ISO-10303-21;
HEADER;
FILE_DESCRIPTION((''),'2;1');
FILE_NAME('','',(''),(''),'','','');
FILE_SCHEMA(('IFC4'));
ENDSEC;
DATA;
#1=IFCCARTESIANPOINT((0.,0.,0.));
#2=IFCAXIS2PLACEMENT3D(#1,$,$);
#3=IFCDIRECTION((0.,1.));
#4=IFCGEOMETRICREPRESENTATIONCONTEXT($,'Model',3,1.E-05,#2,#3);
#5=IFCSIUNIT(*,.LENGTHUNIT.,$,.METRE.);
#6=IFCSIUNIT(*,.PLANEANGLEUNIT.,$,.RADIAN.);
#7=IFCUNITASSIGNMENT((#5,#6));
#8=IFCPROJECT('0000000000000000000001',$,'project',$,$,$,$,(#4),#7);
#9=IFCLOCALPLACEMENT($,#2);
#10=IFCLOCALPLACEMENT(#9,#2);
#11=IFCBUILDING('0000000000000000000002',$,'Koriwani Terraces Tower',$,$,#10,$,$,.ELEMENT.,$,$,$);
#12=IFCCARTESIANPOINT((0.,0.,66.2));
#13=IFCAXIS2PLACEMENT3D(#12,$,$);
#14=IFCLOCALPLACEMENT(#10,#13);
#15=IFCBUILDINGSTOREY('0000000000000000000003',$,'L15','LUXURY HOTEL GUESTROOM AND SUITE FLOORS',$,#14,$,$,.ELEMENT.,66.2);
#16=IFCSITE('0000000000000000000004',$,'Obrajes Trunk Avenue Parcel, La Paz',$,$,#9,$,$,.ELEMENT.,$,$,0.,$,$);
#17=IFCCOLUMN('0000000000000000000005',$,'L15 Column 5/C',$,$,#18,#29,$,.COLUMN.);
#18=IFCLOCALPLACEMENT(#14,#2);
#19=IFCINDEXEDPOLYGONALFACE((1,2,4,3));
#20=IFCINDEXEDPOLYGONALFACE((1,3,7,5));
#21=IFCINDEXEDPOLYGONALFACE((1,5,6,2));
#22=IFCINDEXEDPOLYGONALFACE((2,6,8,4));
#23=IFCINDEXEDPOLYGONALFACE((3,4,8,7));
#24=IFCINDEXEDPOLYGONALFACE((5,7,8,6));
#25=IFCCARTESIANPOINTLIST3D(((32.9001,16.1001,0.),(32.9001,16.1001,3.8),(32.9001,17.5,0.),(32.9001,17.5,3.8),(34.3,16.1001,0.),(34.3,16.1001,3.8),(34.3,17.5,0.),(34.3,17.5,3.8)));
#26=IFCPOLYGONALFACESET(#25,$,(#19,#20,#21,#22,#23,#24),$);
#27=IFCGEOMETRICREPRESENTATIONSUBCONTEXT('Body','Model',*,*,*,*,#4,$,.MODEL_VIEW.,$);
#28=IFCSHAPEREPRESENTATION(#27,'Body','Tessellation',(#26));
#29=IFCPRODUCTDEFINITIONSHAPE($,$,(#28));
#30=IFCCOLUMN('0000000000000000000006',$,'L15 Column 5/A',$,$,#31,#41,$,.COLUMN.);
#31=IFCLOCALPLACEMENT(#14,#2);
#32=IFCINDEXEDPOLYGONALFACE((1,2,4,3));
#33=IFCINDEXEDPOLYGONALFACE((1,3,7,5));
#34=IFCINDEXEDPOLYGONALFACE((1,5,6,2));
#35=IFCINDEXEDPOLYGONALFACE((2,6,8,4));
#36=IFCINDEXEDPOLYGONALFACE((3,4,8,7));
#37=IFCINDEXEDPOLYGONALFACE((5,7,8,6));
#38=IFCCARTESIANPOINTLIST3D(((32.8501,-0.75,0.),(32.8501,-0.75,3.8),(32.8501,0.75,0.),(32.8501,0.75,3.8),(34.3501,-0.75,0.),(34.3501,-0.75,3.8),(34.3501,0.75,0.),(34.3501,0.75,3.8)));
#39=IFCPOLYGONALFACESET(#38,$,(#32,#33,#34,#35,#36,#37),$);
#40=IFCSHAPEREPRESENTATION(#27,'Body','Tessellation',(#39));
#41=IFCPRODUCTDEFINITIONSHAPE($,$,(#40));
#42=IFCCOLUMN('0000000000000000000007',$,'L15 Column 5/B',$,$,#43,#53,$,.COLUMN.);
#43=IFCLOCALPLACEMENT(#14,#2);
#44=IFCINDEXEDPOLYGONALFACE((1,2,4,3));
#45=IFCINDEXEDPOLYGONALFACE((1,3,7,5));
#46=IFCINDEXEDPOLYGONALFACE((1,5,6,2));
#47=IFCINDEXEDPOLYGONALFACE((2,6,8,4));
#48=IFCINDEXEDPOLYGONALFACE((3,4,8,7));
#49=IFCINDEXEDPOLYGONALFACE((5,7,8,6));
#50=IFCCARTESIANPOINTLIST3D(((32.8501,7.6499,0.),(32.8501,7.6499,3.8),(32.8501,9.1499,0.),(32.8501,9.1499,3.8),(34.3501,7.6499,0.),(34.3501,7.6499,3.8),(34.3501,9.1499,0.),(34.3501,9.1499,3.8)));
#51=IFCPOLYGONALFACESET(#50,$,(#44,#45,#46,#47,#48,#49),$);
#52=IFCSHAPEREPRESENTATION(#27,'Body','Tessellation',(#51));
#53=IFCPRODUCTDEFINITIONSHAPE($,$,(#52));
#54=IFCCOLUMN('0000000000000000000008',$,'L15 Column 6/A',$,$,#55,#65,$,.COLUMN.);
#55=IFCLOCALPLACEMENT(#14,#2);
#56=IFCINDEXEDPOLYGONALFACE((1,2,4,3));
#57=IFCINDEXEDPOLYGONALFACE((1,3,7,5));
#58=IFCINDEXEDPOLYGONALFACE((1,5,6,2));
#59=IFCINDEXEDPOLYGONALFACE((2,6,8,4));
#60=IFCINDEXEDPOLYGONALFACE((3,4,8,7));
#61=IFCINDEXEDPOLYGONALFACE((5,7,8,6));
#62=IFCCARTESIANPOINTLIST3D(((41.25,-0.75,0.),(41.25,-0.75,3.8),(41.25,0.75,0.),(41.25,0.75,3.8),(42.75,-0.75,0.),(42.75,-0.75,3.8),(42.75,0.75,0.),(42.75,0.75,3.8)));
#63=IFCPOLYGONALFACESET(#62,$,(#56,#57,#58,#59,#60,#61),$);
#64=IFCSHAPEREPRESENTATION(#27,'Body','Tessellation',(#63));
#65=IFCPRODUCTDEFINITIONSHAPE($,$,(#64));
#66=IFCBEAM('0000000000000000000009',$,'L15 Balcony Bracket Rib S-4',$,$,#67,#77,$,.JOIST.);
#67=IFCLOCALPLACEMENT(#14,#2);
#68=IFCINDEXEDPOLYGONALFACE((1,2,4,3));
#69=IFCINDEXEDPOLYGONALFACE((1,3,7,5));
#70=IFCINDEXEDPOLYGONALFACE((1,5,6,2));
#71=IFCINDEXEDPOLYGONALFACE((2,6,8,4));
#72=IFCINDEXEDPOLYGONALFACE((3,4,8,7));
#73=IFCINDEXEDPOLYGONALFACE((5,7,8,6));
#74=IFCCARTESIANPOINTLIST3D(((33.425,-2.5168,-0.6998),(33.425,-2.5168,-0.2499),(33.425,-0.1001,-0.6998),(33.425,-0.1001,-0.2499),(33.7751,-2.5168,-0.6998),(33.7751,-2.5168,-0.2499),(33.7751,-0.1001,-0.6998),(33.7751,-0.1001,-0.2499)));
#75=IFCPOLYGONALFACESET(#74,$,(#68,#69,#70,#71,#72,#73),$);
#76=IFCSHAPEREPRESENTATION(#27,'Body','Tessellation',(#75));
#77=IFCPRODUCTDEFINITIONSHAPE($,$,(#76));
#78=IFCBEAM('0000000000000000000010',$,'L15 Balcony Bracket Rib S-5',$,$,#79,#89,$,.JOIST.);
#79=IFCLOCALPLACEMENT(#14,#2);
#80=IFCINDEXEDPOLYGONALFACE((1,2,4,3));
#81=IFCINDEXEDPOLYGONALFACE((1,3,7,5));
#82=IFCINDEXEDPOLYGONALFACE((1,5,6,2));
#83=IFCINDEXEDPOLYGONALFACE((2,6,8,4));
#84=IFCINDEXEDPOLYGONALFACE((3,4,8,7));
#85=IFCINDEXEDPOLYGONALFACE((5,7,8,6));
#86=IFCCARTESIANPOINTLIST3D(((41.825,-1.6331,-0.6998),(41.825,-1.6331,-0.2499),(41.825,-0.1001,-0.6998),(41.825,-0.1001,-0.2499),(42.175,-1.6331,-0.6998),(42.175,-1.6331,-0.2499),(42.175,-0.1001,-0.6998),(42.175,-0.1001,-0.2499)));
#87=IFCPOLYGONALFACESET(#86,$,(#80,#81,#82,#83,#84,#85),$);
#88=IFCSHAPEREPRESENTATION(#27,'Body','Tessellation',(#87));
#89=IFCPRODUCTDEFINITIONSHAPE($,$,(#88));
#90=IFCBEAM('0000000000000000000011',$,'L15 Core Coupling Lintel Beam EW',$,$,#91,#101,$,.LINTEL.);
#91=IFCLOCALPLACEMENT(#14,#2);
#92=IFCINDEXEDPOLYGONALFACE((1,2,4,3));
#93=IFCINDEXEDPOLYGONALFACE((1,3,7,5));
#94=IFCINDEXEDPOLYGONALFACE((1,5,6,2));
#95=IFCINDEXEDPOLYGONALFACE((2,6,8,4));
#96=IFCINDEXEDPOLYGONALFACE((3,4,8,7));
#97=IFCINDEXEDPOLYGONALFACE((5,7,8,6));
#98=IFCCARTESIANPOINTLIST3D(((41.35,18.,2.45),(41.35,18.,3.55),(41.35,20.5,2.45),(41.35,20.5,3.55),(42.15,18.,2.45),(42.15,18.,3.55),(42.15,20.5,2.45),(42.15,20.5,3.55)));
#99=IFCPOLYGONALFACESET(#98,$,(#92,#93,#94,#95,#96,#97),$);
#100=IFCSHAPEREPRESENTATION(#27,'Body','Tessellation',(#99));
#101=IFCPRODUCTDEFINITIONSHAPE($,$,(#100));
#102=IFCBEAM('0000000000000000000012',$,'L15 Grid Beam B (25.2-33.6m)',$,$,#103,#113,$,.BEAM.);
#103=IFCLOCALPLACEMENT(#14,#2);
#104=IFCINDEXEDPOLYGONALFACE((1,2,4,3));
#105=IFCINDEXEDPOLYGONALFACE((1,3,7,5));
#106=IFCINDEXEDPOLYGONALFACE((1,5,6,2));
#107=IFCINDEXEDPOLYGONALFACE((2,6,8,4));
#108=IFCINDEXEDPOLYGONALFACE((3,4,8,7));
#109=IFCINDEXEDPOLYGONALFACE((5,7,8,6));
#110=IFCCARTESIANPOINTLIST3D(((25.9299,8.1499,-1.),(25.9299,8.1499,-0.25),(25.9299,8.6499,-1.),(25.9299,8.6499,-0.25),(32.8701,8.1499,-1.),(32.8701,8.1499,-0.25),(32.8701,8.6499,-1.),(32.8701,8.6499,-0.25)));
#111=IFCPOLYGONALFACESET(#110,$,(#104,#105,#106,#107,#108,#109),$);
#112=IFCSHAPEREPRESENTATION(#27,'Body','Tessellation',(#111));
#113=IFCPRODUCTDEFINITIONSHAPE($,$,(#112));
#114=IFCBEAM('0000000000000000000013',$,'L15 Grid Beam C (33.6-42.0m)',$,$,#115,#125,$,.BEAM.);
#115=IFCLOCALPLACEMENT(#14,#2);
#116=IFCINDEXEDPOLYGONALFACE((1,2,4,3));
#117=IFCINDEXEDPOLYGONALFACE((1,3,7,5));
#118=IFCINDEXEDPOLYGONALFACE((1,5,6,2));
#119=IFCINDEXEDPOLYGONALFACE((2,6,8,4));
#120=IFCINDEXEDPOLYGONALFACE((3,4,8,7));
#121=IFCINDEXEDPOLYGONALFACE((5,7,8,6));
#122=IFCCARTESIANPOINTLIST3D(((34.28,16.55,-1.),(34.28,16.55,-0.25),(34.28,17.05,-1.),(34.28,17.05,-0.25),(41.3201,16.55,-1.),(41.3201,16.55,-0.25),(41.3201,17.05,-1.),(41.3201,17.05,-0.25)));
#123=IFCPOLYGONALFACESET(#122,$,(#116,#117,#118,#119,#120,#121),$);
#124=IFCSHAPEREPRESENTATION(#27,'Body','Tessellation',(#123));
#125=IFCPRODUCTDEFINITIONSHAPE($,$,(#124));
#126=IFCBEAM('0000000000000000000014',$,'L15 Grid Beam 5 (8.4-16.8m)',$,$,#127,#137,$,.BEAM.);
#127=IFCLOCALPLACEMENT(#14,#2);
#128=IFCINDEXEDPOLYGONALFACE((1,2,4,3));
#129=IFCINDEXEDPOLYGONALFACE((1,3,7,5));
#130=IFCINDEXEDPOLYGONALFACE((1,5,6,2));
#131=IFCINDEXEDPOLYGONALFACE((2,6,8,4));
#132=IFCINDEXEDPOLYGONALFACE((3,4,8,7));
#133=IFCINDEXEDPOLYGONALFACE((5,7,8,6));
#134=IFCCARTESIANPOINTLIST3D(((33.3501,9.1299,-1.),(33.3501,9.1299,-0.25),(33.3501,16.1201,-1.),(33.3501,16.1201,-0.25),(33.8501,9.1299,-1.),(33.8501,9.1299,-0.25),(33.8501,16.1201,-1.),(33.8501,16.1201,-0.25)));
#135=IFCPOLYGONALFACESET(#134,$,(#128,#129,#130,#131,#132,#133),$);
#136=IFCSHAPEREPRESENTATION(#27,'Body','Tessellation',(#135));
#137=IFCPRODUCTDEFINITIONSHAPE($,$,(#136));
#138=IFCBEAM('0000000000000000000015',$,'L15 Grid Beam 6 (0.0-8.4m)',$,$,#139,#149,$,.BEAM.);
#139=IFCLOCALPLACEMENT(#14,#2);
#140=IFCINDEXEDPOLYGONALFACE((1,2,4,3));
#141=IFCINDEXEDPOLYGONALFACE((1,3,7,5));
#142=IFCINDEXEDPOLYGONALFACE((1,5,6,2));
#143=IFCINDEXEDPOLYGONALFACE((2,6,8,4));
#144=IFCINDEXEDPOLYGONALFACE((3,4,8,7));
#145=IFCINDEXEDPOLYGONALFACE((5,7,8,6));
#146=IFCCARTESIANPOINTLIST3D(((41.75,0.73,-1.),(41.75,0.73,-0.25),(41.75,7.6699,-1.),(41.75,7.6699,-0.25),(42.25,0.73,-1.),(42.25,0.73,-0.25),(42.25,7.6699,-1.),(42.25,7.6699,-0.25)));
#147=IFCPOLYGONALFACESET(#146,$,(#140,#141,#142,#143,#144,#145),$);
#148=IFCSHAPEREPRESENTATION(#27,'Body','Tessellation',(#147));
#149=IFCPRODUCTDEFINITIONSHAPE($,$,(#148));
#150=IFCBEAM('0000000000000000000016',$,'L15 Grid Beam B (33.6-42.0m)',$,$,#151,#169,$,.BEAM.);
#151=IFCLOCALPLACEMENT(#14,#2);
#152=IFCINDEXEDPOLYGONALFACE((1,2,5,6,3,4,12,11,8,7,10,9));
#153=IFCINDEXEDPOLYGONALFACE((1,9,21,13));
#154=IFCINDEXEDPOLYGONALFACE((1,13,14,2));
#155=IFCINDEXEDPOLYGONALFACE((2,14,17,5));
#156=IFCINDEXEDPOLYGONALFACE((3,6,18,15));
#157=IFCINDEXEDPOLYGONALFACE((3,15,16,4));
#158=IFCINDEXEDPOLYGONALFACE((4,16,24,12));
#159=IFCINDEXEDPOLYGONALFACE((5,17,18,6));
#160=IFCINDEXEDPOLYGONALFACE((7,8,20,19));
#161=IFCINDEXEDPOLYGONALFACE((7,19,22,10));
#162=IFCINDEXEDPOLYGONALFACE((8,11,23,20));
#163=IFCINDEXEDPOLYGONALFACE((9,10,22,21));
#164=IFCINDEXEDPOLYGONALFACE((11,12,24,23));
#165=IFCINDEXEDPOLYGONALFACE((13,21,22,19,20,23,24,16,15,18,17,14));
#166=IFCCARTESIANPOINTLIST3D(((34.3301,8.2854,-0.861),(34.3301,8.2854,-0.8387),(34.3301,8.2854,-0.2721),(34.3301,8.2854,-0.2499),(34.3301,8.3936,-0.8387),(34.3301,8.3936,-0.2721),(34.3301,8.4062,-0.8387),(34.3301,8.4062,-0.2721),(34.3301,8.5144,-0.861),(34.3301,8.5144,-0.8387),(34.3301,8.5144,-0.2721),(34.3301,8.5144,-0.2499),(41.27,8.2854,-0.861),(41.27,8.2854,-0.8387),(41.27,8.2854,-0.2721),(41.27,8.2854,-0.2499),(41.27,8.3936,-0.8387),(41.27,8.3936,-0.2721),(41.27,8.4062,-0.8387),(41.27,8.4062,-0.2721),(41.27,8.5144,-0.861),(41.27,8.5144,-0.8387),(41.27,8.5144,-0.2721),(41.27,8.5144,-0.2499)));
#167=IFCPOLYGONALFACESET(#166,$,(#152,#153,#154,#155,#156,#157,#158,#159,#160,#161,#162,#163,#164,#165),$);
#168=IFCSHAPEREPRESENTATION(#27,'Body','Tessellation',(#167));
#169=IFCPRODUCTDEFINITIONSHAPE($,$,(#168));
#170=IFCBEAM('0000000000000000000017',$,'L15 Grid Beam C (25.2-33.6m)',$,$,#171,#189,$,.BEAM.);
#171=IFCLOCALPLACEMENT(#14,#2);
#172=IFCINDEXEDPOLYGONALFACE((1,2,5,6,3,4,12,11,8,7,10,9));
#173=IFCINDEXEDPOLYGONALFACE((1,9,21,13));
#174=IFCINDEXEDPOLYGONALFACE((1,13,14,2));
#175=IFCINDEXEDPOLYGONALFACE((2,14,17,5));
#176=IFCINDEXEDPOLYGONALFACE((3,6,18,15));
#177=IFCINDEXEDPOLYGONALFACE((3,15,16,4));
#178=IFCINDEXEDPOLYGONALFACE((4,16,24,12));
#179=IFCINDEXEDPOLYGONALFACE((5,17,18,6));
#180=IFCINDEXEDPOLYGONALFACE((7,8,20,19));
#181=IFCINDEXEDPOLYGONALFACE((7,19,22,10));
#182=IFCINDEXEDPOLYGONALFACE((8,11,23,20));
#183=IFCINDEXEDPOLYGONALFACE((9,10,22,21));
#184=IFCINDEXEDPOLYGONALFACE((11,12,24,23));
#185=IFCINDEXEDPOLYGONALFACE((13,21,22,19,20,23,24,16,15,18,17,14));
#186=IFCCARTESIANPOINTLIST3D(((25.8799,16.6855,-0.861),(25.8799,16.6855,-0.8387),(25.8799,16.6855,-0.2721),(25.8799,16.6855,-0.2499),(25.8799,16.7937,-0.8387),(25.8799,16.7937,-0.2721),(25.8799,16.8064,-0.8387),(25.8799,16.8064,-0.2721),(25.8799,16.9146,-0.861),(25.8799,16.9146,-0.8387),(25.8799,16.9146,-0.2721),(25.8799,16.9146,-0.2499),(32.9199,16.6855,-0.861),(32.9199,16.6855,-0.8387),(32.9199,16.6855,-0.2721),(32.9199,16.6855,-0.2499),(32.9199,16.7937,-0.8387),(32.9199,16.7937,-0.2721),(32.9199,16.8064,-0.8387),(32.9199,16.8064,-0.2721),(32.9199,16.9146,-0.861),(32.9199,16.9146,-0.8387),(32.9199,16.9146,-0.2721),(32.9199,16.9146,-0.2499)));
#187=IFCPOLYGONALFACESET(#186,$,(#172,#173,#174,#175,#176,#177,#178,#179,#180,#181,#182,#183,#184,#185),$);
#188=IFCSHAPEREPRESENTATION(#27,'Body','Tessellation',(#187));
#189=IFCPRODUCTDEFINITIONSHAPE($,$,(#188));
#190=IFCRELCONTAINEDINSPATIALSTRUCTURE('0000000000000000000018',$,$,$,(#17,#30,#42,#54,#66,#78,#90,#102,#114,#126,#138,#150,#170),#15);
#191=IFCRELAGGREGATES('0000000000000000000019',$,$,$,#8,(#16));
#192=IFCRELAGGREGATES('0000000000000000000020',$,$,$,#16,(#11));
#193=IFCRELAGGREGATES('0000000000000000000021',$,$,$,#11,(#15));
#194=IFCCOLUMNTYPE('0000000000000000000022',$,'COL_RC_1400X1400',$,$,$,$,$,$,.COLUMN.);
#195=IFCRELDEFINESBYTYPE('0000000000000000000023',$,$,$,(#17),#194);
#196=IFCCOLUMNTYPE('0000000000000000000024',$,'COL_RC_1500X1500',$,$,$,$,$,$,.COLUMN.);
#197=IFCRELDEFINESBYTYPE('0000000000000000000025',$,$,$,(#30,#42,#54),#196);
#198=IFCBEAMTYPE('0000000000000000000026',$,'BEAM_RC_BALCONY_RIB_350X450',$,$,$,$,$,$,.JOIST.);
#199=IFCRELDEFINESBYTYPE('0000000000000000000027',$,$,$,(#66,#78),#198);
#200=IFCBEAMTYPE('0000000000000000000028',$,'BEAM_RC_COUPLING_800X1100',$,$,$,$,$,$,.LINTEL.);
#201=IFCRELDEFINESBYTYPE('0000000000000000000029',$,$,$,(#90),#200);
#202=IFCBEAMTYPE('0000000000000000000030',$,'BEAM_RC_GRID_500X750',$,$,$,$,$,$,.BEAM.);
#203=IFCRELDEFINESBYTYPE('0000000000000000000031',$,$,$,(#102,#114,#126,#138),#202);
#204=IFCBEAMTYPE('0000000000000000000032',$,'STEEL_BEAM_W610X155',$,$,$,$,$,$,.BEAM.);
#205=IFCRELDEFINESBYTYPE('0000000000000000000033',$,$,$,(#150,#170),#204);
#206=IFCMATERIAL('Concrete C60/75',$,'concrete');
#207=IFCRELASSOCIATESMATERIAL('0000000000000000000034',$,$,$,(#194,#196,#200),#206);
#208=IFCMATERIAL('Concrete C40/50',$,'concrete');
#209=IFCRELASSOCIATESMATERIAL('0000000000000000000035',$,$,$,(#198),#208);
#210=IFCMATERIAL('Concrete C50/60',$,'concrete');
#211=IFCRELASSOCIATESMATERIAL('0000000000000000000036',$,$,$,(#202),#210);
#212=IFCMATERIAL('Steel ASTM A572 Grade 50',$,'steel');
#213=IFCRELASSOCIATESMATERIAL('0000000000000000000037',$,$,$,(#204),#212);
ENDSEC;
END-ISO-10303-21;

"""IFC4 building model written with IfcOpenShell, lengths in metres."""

from ifc_helpers import new_model, si_unit, direction, frame, origin, origin_2d, place, context, subcontext, project, spatial, rectangle, i_section, extrude, material, material_profile, profile_set, type_object, element, save


model = new_model("IFC4")

# Units and contexts
model_context = context("Model", 3, precision=1e-05, world=origin(), true_north=direction((0.0, 1.0)))
body_context = subcontext(model_context, "Body", "Model", "MODEL_VIEW")
ifc_project = project(units=[si_unit("LENGTHUNIT", "METRE"), si_unit("PLANEANGLEUNIT", "RADIAN")], contexts=[model_context])

# Site, building, storey
site_placement = place(None, origin())
site = spatial("IfcSite", under=ifc_project, at=site_placement, Name="Obrajes Trunk Avenue Parcel, La Paz", CompositionType="ELEMENT", RefElevation=0.0)
building_placement = place(site_placement, origin())
building = spatial("IfcBuilding", under=site, at=building_placement, Name="Koriwani Terraces Tower", CompositionType="ELEMENT")
storey_placement = place(building_placement, frame((0.0, 0.0, 66.2)))
storey = spatial("IfcBuildingStorey", under=building, at=storey_placement, Name="L15", Description="LUXURY HOTEL GUESTROOM AND SUITE FLOORS", CompositionType="ELEMENT", Elevation=66.2)

# Columns
ifc_material_1 = material(Name="Concrete C60/75", Category="concrete")
ifc_material_profile_1 = material_profile(ifc_material_1, rectangle(XDim=1.3999, YDim=1.3999, at=origin_2d()), Name="Concrete C60/75", Category="LoadBearing")
ifc_profile_set_1 = profile_set([ifc_material_profile_1], Name="Concrete C60/75")
column_type_1 = type_object("IfcColumnType", Name="COL_RC_1400X1400", PredefinedType="COLUMN", material=ifc_profile_set_1)
column_placement = place(storey_placement, frame((33.6001, 16.8, 0.0), z_axis=(0.0, 0.0, 1.0), x_axis=(1.0, 0.0, 0.0)))
element("IfcColumn", 1, at=column_placement, inside=storey, type_object=column_type_1, Name="L15 Column 5/C", PredefinedType="COLUMN", context=body_context, shape_type="SweptSolid", body=[
    extrude(rectangle(XDim=1.3999, YDim=1.3999, at=origin_2d()), origin(), (0.0, 0.0, 1.0), 3.8),
])
ifc_material_profile_2 = material_profile(ifc_material_1, rectangle(XDim=1.5, YDim=1.5, at=origin_2d()), Name="Concrete C60/75", Category="LoadBearing")
ifc_profile_set_2 = profile_set([ifc_material_profile_2], Name="Concrete C60/75")
column_type_2 = type_object("IfcColumnType", Name="COL_RC_1500X1500", PredefinedType="COLUMN", material=ifc_profile_set_2)
for number, where, z_axis, x_axis, name in (
    (2, (33.6001, 0.0, 0.0), (0.0, 0.0, 1.0), (1.0, 0.0, 0.0), "L15 Column 5/A"),
    (3, (33.6001, 8.3999, 0.0), (0.0, 0.0, 1.0), (1.0, 0.0, 0.0), "L15 Column 5/B"),
    (4, (42.0, 0.0, 0.0), (0.0, 0.0, 1.0), (1.0, 0.0, 0.0), "L15 Column 6/A"),
):
    element("IfcColumn", number, at=place(storey_placement, frame(where, z_axis=z_axis, x_axis=x_axis)), inside=storey, type_object=column_type_2, Name=name, PredefinedType="COLUMN", context=body_context, shape_type="SweptSolid", body=[
        extrude(rectangle(XDim=1.5, YDim=1.5, at=origin_2d()), origin(), (0.0, 0.0, 1.0), 3.8),
    ])

# Beams
ifc_material_2 = material(Name="Concrete C40/50", Category="concrete")
ifc_material_profile_3 = material_profile(ifc_material_2, rectangle(XDim=0.3501, YDim=0.45, at=origin_2d()), Name="Concrete C40/50", Category="LoadBearing")
ifc_profile_set_3 = profile_set([ifc_material_profile_3], Name="Concrete C40/50")
beam_type_1 = type_object("IfcBeamType", Name="BEAM_RC_BALCONY_RIB_350X450", PredefinedType="JOIST", material=ifc_profile_set_3)
beam_1_placement = place(storey_placement, frame((33.6001, -2.5168, -0.4749), z_axis=(0.0, 1.0, 0.0), x_axis=(-1.0, 0.0, 0.0)))
element("IfcBeam", 5, at=beam_1_placement, inside=storey, type_object=beam_type_1, Name="L15 Balcony Bracket Rib S-4", PredefinedType="JOIST", context=body_context, shape_type="SweptSolid", body=[
    extrude(rectangle(XDim=0.3501, YDim=0.45, at=origin_2d()), origin(), (0.0, 0.0, 1.0), 2.4167),
])
beam_2_placement = place(storey_placement, frame((42.0, -1.6331, -0.4749), z_axis=(0.0, 1.0, 0.0), x_axis=(-1.0, 0.0, 0.0)))
element("IfcBeam", 6, at=beam_2_placement, inside=storey, type_object=beam_type_1, Name="L15 Balcony Bracket Rib S-5", PredefinedType="JOIST", context=body_context, shape_type="SweptSolid", body=[
    extrude(rectangle(XDim=0.3501, YDim=0.45, at=origin_2d()), origin(), (0.0, 0.0, 1.0), 1.533),
])
ifc_material_profile_4 = material_profile(ifc_material_1, rectangle(XDim=0.8, YDim=1.1001, at=origin_2d()), Name="Concrete C60/75", Category="LoadBearing")
ifc_profile_set_4 = profile_set([ifc_material_profile_4], Name="Concrete C60/75")
beam_type_2 = type_object("IfcBeamType", Name="BEAM_RC_COUPLING_800X1100", PredefinedType="LINTEL", material=ifc_profile_set_4)
beam_3_placement = place(storey_placement, frame((41.75, 18.0, 3.0), z_axis=(0.0, 1.0, 0.0), x_axis=(-1.0, 0.0, 0.0)))
element("IfcBeam", 7, at=beam_3_placement, inside=storey, type_object=beam_type_2, Name="L15 Core Coupling Lintel Beam EW", PredefinedType="LINTEL", context=body_context, shape_type="SweptSolid", body=[
    extrude(rectangle(XDim=0.8, YDim=1.1001, at=origin_2d()), origin(), (0.0, 0.0, 1.0), 2.5),
])
ifc_material_3 = material(Name="Concrete C50/60", Category="concrete")
ifc_material_profile_5 = material_profile(ifc_material_3, rectangle(XDim=0.5, YDim=0.75, at=origin_2d()), Name="Concrete C50/60", Category="LoadBearing")
ifc_profile_set_5 = profile_set([ifc_material_profile_5], Name="Concrete C50/60")
beam_type_3 = type_object("IfcBeamType", Name="BEAM_RC_GRID_500X750", PredefinedType="BEAM", material=ifc_profile_set_5)
beam_4_placement = place(storey_placement, frame((25.9299, 8.3999, -0.625), z_axis=(1.0, 0.0, 0.0), x_axis=(0.0, 1.0, 0.0)))
element("IfcBeam", 8, at=beam_4_placement, inside=storey, type_object=beam_type_3, Name="L15 Grid Beam B (25.2-33.6m)", PredefinedType="BEAM", context=body_context, shape_type="SweptSolid", body=[
    extrude(rectangle(XDim=0.5, YDim=0.75, at=origin_2d()), origin(), (0.0, 0.0, 1.0), 6.9402),
])
beam_5_placement = place(storey_placement, frame((34.28, 16.8, -0.625), z_axis=(1.0, 0.0, 0.0), x_axis=(0.0, 1.0, 0.0)))
element("IfcBeam", 9, at=beam_5_placement, inside=storey, type_object=beam_type_3, Name="L15 Grid Beam C (33.6-42.0m)", PredefinedType="BEAM", context=body_context, shape_type="SweptSolid", body=[
    extrude(rectangle(XDim=0.5, YDim=0.75, at=origin_2d()), origin(), (0.0, 0.0, 1.0), 7.04),
])
beam_6_placement = place(storey_placement, frame((33.6001, 9.1299, -0.625), z_axis=(0.0, 1.0, 0.0), x_axis=(-1.0, 0.0, 0.0)))
element("IfcBeam", 10, at=beam_6_placement, inside=storey, type_object=beam_type_3, Name="L15 Grid Beam 5 (8.4-16.8m)", PredefinedType="BEAM", context=body_context, shape_type="SweptSolid", body=[
    extrude(rectangle(XDim=0.5, YDim=0.75, at=origin_2d()), origin(), (0.0, 0.0, 1.0), 6.9902),
])
beam_7_placement = place(storey_placement, frame((42.0, 0.73, -0.625), z_axis=(0.0, 1.0, 0.0), x_axis=(-1.0, 0.0, 0.0)))
element("IfcBeam", 11, at=beam_7_placement, inside=storey, type_object=beam_type_3, Name="L15 Grid Beam 6 (0.0-8.4m)", PredefinedType="BEAM", context=body_context, shape_type="SweptSolid", body=[
    extrude(rectangle(XDim=0.5, YDim=0.75, at=origin_2d()), origin(), (0.0, 0.0, 1.0), 6.9399),
])
ifc_material_4 = material(Name="Steel ASTM A572 Grade 50", Category="steel")
ifc_material_profile_6 = material_profile(ifc_material_4, i_section(OverallWidth=0.229, OverallDepth=0.6111, WebThickness=0.0127, FlangeThickness=0.0222, at=origin_2d()), Name="Steel ASTM A572 Grade 50", Category="LoadBearing")
ifc_profile_set_6 = profile_set([ifc_material_profile_6], Name="Steel ASTM A572 Grade 50")
beam_type_4 = type_object("IfcBeamType", Name="STEEL_BEAM_W610X155", PredefinedType="BEAM", material=ifc_profile_set_6)
beam_8_placement = place(storey_placement, frame((34.3301, 8.3999, -0.5554), z_axis=(1.0, 0.0, 0.0), x_axis=(0.0, 1.0, 0.0)))
element("IfcBeam", 12, at=beam_8_placement, inside=storey, type_object=beam_type_4, Name="L15 Grid Beam B (33.6-42.0m)", PredefinedType="BEAM", context=body_context, shape_type="SweptSolid", body=[
    extrude(i_section(OverallWidth=0.229, OverallDepth=0.6111, WebThickness=0.0127, FlangeThickness=0.0222, at=origin_2d()), origin(), (0.0, 0.0, 1.0), 6.9399),
])
beam_9_placement = place(storey_placement, frame((25.8799, 16.8, -0.5554), z_axis=(1.0, 0.0, 0.0), x_axis=(0.0, 1.0, 0.0)))
element("IfcBeam", 13, at=beam_9_placement, inside=storey, type_object=beam_type_4, Name="L15 Grid Beam C (25.2-33.6m)", PredefinedType="BEAM", context=body_context, shape_type="SweptSolid", body=[
    extrude(i_section(OverallWidth=0.229, OverallDepth=0.6111, WebThickness=0.0127, FlangeThickness=0.0222, at=origin_2d()), origin(), (0.0, 0.0, 1.0), 7.04),
])

save(model, "model.ifc")
